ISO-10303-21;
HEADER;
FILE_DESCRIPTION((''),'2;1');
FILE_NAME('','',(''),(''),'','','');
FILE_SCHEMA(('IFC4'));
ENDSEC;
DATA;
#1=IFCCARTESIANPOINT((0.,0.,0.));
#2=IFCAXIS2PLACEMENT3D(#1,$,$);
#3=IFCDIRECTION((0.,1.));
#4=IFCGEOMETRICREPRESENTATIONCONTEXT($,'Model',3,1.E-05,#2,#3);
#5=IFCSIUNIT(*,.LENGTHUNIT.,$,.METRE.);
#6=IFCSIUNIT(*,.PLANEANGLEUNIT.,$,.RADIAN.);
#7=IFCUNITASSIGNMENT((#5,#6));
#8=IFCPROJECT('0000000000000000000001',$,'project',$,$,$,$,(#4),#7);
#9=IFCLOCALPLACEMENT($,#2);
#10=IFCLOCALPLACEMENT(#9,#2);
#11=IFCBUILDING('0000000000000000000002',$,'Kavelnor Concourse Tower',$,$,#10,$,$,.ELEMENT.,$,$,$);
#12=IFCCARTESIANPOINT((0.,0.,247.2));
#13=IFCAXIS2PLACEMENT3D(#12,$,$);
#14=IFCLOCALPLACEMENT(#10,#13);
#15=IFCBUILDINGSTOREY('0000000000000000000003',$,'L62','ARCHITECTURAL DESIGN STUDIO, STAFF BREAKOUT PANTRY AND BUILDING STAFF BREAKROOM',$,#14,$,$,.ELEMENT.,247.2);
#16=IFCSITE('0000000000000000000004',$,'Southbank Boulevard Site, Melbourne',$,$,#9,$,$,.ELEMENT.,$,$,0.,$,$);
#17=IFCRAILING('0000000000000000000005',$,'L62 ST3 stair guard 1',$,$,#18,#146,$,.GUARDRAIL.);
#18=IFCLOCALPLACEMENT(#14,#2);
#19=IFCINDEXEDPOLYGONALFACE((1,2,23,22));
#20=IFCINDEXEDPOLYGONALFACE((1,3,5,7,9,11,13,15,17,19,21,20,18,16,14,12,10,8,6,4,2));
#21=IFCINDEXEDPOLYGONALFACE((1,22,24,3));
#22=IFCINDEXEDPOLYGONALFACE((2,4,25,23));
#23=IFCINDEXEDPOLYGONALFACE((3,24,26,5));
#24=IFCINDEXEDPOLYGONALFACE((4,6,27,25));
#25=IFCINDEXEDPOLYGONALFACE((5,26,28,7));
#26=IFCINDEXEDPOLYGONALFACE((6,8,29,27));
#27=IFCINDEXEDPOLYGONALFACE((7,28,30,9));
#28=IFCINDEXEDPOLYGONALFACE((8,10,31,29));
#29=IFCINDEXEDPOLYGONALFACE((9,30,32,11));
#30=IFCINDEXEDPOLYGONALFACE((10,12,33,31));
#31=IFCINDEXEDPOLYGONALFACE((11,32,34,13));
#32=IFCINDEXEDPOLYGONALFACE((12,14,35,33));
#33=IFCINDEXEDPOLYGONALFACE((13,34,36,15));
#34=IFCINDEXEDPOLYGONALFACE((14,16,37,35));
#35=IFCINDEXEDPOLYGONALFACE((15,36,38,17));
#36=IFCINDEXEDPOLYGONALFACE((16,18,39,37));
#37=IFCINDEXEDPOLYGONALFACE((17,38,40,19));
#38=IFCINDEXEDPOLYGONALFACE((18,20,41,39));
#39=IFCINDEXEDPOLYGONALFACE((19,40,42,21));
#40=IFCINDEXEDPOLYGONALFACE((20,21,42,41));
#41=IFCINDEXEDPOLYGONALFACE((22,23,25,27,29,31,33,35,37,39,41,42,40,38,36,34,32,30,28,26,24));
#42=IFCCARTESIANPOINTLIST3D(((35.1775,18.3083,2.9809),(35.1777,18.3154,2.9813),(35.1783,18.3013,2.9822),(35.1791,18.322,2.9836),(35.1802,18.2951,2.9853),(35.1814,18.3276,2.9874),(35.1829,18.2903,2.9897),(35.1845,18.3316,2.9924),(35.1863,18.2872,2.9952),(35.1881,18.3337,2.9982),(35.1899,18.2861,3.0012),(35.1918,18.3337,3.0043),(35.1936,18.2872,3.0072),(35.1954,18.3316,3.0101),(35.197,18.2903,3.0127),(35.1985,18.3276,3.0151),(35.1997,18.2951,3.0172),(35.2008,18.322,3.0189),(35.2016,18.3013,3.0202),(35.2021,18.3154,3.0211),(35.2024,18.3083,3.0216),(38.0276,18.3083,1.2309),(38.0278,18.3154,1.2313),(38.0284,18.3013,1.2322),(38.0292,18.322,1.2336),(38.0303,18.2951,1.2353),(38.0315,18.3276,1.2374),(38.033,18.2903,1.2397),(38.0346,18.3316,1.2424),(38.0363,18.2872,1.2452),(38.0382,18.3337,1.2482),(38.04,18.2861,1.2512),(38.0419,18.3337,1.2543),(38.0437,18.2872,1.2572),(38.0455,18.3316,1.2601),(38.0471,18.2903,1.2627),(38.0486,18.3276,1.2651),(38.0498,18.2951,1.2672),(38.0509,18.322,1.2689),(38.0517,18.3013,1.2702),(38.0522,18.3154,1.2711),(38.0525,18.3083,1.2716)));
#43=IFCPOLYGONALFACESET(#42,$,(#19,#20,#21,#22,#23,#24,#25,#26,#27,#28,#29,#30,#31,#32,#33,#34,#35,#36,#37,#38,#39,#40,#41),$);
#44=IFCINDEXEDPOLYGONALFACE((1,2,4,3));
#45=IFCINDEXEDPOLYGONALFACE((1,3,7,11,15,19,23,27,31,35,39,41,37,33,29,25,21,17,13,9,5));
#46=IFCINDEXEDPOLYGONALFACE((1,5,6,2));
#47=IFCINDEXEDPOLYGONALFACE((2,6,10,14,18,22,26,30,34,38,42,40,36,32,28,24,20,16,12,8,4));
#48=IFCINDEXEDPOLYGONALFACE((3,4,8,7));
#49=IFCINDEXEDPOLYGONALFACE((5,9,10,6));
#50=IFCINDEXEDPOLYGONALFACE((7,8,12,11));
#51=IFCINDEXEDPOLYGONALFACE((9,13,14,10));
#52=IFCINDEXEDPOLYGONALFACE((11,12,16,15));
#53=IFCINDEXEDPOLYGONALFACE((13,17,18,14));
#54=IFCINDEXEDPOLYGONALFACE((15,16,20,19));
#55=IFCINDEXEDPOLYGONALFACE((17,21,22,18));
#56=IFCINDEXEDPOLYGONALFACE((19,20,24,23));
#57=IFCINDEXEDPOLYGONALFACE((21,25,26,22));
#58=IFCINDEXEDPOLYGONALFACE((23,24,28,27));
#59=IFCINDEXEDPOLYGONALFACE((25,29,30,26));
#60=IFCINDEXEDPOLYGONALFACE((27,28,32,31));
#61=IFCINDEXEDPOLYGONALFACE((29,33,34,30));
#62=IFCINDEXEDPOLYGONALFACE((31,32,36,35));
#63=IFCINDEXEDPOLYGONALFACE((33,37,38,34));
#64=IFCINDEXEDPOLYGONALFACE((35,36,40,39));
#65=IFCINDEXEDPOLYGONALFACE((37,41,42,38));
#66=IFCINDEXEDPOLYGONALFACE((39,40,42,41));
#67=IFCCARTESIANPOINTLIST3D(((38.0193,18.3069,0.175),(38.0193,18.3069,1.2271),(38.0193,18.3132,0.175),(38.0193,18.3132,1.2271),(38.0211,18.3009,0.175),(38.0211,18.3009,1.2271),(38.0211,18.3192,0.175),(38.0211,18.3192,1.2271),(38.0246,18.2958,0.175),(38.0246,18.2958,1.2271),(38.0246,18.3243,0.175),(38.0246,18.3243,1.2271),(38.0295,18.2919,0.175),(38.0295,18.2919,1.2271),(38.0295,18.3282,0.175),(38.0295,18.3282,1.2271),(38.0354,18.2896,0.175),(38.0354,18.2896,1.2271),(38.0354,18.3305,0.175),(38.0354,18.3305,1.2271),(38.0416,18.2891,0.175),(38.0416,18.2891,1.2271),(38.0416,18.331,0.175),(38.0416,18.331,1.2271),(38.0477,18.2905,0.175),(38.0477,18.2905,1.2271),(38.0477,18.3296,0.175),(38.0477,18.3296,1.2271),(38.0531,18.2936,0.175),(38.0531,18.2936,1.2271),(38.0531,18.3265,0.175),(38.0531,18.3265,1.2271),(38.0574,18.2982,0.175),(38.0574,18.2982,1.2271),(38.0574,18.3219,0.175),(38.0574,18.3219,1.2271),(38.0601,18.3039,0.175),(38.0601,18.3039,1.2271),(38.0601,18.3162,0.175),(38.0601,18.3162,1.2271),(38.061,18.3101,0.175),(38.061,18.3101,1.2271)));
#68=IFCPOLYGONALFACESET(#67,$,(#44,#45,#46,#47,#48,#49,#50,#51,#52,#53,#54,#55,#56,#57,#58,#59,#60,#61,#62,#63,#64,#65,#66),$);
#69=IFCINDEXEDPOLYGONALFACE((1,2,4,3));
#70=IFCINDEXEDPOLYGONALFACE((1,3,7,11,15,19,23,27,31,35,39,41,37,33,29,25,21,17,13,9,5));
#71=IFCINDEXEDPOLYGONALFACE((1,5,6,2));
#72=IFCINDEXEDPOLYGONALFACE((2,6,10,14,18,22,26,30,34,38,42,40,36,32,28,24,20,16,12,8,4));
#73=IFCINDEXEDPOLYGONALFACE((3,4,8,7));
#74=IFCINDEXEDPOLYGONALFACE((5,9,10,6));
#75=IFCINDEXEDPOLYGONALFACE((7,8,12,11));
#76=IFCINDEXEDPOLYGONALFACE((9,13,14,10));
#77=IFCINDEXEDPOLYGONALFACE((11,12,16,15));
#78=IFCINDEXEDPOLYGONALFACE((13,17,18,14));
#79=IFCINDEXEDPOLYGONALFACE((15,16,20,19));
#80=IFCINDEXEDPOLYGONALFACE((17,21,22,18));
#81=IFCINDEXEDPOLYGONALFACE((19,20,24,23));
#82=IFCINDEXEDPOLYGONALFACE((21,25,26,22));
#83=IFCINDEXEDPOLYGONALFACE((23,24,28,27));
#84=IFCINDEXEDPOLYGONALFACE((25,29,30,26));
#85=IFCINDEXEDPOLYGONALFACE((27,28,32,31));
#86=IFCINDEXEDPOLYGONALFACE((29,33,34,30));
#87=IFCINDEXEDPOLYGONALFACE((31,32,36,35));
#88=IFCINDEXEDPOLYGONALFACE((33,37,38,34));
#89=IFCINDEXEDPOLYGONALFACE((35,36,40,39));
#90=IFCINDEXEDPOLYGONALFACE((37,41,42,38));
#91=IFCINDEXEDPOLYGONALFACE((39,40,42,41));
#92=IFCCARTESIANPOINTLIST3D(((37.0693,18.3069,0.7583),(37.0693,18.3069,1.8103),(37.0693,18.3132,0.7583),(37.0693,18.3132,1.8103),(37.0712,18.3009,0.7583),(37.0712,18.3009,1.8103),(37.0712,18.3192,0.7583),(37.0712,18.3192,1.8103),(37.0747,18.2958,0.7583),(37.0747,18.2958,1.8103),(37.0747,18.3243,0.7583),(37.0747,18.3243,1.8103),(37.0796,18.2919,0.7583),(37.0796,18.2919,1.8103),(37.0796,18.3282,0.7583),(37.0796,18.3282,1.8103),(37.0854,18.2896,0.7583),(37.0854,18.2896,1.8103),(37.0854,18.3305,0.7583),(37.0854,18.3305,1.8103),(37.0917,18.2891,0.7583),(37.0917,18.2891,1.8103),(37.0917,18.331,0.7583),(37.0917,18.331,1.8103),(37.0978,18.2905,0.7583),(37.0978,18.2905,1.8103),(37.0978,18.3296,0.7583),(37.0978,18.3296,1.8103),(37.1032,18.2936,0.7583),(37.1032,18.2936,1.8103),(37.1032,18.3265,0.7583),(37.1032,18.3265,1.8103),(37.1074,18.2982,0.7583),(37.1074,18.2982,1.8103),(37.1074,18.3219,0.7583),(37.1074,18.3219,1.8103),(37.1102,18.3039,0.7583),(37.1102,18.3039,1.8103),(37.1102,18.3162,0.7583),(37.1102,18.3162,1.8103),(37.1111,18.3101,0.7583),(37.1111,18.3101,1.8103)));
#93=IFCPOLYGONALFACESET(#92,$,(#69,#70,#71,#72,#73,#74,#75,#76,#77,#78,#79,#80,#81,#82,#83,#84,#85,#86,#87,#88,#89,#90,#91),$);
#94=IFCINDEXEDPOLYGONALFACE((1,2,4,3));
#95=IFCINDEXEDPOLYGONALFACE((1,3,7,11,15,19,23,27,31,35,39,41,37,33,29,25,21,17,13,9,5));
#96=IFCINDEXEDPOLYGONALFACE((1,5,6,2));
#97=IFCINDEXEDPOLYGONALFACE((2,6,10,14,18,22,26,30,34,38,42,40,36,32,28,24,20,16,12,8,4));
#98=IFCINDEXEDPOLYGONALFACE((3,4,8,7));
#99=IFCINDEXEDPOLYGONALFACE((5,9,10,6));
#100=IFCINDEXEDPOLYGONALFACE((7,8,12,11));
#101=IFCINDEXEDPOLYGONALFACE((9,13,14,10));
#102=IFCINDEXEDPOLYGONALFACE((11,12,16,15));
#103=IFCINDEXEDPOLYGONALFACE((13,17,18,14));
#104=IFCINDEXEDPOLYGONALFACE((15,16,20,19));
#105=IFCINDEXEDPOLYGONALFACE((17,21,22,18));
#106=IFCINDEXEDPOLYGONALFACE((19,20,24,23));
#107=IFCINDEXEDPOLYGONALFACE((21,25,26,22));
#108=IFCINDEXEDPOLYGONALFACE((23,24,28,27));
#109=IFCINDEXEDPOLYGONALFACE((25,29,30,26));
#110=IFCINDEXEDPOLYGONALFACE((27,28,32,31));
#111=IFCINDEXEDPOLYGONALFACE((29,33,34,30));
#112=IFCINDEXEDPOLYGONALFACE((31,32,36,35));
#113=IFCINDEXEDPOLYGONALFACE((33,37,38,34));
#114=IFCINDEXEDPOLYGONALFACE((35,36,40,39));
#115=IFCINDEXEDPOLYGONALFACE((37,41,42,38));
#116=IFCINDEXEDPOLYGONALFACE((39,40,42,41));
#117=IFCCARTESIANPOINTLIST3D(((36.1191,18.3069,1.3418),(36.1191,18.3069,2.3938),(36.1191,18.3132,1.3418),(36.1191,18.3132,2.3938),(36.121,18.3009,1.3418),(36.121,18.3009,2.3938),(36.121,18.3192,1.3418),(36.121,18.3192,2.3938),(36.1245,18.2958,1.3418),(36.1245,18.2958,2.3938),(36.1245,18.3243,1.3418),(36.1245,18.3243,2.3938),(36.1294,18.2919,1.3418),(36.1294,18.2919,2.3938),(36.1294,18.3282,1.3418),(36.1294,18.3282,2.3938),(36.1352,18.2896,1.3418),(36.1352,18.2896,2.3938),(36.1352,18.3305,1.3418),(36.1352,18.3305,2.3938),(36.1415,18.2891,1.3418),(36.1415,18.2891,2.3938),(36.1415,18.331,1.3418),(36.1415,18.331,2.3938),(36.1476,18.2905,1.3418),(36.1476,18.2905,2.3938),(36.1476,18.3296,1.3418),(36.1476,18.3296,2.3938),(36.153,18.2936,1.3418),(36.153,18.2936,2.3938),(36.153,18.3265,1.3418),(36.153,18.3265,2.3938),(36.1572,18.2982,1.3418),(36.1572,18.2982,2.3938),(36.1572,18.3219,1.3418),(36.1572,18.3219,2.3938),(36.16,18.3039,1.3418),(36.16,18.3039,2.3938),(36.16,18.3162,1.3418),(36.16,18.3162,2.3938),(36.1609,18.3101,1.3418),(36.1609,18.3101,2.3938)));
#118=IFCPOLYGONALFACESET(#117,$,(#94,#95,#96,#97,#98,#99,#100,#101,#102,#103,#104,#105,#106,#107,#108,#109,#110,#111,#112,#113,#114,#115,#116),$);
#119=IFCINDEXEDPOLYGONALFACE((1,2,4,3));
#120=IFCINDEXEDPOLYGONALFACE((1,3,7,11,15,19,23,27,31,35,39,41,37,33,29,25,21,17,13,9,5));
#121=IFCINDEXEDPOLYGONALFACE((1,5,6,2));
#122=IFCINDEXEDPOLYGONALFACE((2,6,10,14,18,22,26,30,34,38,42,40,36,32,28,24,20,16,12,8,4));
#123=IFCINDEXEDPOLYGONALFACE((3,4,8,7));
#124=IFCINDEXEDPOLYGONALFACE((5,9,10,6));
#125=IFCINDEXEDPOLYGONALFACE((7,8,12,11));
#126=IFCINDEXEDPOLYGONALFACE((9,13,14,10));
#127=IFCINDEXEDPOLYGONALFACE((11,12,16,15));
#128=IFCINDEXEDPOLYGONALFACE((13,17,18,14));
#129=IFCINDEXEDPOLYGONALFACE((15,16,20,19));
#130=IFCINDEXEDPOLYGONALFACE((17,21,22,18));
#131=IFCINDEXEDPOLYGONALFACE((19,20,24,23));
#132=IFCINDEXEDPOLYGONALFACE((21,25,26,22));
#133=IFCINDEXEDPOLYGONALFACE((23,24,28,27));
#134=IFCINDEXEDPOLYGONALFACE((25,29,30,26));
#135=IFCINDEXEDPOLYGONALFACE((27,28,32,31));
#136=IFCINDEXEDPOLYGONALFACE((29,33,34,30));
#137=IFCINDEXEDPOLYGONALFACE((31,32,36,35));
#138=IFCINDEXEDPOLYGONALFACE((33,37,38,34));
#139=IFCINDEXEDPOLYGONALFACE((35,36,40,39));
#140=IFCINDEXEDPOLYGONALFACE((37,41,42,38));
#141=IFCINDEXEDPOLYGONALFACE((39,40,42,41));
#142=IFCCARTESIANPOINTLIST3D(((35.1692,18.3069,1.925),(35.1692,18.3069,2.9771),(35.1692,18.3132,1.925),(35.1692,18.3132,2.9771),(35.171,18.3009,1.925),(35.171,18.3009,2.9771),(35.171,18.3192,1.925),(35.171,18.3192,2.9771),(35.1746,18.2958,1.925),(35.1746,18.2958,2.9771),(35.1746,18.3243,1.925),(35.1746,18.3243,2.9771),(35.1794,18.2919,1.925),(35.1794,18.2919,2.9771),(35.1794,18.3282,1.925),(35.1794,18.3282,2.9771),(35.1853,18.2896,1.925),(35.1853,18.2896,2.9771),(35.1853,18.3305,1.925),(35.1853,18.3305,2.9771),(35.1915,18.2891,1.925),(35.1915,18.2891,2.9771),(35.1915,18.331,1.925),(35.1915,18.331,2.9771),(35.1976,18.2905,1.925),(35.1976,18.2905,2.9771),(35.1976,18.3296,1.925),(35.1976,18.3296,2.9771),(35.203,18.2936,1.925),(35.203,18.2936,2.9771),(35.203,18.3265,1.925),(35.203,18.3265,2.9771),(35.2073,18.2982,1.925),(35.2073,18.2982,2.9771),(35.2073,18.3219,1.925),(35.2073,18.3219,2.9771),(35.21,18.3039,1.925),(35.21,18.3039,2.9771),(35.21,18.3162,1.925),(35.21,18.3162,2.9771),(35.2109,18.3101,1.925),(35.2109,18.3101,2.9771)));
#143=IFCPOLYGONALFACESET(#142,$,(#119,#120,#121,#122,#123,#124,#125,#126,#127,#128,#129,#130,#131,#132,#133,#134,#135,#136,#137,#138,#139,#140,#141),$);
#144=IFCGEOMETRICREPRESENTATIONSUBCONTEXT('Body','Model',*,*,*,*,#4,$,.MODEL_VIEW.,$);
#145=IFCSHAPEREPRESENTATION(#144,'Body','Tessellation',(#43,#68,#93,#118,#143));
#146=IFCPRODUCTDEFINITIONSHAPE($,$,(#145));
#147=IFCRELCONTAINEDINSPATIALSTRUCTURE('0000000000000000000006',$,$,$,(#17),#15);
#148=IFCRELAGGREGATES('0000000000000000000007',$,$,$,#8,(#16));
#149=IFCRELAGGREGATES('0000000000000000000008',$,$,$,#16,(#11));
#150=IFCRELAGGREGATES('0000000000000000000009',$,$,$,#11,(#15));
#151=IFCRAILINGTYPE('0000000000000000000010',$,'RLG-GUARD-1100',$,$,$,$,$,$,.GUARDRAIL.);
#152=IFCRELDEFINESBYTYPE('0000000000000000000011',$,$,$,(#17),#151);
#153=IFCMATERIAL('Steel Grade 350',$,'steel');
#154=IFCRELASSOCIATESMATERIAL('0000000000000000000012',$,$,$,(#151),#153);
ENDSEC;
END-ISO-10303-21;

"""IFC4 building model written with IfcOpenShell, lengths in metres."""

from ifc_helpers import new_model, si_unit, direction, frame, origin, origin_2d, place, context, subcontext, project, spatial, circle, extrude, material, type_object, element, save


model = new_model("IFC4")

# Units and contexts
model_context = context("Model", 3, precision=1e-05, world=origin(), true_north=direction((0.0, 1.0)))
body_context = subcontext(model_context, "Body", "Model", "MODEL_VIEW")
ifc_project = project(units=[si_unit("LENGTHUNIT", "METRE"), si_unit("PLANEANGLEUNIT", "RADIAN")], contexts=[model_context])

# Site, building, storey
site_placement = place(None, origin())
site = spatial("IfcSite", under=ifc_project, at=site_placement, Name="Southbank Boulevard Site, Melbourne", CompositionType="ELEMENT", RefElevation=0.0)
building_placement = place(site_placement, origin())
building = spatial("IfcBuilding", under=site, at=building_placement, Name="Kavelnor Concourse Tower", CompositionType="ELEMENT")
storey_placement = place(building_placement, frame((0.0, 0.0, 247.2)))
storey = spatial("IfcBuildingStorey", under=building, at=storey_placement, Name="L62", Description="ARCHITECTURAL DESIGN STUDIO, STAFF BREAKOUT PANTRY AND BUILDING STAFF BREAKROOM", CompositionType="ELEMENT", Elevation=247.2)

# Shared definitions
ifc_material_1 = material(Name="Steel Grade 350", Category="steel")

# Railing
railing_type_1 = type_object("IfcRailingType", Name="RLG-GUARD-1100", PredefinedType="GUARDRAIL", material=ifc_material_1)
railing_1_placement = place(storey_placement, frame((38.04, 18.3101, 0.175)))
element("IfcRailing", 1, at=railing_1_placement, inside=storey, type_object=railing_type_1, Name="L62 ST3 stair guard 1", PredefinedType="GUARDRAIL", context=body_context, shape_type="SweptSolid", body=[
    extrude(circle(Radius=0.0239, at=origin_2d()), frame((0.0, 0.0, 1.0762), z_axis=(-0.852179, 0.0, 0.52325), x_axis=(0.0, -1.0, 0.0)), (0.0, 0.0, 1.0), 3.3445),
    extrude(circle(Radius=0.021, at=origin_2d()), origin(), (0.0, 0.0, 1.0), 1.052),
    extrude(circle(Radius=0.021, at=origin_2d()), frame((-0.95, 0.0, 0.5833)), (0.0, 0.0, 1.0), 1.052),
    extrude(circle(Radius=0.021, at=origin_2d()), frame((-1.9001, 0.0, 1.1667)), (0.0, 0.0, 1.0), 1.052),
    extrude(circle(Radius=0.021, at=origin_2d()), frame((-2.8501, 0.0, 1.75)), (0.0, 0.0, 1.0), 1.052),
])

save(model, "model.ifc")
